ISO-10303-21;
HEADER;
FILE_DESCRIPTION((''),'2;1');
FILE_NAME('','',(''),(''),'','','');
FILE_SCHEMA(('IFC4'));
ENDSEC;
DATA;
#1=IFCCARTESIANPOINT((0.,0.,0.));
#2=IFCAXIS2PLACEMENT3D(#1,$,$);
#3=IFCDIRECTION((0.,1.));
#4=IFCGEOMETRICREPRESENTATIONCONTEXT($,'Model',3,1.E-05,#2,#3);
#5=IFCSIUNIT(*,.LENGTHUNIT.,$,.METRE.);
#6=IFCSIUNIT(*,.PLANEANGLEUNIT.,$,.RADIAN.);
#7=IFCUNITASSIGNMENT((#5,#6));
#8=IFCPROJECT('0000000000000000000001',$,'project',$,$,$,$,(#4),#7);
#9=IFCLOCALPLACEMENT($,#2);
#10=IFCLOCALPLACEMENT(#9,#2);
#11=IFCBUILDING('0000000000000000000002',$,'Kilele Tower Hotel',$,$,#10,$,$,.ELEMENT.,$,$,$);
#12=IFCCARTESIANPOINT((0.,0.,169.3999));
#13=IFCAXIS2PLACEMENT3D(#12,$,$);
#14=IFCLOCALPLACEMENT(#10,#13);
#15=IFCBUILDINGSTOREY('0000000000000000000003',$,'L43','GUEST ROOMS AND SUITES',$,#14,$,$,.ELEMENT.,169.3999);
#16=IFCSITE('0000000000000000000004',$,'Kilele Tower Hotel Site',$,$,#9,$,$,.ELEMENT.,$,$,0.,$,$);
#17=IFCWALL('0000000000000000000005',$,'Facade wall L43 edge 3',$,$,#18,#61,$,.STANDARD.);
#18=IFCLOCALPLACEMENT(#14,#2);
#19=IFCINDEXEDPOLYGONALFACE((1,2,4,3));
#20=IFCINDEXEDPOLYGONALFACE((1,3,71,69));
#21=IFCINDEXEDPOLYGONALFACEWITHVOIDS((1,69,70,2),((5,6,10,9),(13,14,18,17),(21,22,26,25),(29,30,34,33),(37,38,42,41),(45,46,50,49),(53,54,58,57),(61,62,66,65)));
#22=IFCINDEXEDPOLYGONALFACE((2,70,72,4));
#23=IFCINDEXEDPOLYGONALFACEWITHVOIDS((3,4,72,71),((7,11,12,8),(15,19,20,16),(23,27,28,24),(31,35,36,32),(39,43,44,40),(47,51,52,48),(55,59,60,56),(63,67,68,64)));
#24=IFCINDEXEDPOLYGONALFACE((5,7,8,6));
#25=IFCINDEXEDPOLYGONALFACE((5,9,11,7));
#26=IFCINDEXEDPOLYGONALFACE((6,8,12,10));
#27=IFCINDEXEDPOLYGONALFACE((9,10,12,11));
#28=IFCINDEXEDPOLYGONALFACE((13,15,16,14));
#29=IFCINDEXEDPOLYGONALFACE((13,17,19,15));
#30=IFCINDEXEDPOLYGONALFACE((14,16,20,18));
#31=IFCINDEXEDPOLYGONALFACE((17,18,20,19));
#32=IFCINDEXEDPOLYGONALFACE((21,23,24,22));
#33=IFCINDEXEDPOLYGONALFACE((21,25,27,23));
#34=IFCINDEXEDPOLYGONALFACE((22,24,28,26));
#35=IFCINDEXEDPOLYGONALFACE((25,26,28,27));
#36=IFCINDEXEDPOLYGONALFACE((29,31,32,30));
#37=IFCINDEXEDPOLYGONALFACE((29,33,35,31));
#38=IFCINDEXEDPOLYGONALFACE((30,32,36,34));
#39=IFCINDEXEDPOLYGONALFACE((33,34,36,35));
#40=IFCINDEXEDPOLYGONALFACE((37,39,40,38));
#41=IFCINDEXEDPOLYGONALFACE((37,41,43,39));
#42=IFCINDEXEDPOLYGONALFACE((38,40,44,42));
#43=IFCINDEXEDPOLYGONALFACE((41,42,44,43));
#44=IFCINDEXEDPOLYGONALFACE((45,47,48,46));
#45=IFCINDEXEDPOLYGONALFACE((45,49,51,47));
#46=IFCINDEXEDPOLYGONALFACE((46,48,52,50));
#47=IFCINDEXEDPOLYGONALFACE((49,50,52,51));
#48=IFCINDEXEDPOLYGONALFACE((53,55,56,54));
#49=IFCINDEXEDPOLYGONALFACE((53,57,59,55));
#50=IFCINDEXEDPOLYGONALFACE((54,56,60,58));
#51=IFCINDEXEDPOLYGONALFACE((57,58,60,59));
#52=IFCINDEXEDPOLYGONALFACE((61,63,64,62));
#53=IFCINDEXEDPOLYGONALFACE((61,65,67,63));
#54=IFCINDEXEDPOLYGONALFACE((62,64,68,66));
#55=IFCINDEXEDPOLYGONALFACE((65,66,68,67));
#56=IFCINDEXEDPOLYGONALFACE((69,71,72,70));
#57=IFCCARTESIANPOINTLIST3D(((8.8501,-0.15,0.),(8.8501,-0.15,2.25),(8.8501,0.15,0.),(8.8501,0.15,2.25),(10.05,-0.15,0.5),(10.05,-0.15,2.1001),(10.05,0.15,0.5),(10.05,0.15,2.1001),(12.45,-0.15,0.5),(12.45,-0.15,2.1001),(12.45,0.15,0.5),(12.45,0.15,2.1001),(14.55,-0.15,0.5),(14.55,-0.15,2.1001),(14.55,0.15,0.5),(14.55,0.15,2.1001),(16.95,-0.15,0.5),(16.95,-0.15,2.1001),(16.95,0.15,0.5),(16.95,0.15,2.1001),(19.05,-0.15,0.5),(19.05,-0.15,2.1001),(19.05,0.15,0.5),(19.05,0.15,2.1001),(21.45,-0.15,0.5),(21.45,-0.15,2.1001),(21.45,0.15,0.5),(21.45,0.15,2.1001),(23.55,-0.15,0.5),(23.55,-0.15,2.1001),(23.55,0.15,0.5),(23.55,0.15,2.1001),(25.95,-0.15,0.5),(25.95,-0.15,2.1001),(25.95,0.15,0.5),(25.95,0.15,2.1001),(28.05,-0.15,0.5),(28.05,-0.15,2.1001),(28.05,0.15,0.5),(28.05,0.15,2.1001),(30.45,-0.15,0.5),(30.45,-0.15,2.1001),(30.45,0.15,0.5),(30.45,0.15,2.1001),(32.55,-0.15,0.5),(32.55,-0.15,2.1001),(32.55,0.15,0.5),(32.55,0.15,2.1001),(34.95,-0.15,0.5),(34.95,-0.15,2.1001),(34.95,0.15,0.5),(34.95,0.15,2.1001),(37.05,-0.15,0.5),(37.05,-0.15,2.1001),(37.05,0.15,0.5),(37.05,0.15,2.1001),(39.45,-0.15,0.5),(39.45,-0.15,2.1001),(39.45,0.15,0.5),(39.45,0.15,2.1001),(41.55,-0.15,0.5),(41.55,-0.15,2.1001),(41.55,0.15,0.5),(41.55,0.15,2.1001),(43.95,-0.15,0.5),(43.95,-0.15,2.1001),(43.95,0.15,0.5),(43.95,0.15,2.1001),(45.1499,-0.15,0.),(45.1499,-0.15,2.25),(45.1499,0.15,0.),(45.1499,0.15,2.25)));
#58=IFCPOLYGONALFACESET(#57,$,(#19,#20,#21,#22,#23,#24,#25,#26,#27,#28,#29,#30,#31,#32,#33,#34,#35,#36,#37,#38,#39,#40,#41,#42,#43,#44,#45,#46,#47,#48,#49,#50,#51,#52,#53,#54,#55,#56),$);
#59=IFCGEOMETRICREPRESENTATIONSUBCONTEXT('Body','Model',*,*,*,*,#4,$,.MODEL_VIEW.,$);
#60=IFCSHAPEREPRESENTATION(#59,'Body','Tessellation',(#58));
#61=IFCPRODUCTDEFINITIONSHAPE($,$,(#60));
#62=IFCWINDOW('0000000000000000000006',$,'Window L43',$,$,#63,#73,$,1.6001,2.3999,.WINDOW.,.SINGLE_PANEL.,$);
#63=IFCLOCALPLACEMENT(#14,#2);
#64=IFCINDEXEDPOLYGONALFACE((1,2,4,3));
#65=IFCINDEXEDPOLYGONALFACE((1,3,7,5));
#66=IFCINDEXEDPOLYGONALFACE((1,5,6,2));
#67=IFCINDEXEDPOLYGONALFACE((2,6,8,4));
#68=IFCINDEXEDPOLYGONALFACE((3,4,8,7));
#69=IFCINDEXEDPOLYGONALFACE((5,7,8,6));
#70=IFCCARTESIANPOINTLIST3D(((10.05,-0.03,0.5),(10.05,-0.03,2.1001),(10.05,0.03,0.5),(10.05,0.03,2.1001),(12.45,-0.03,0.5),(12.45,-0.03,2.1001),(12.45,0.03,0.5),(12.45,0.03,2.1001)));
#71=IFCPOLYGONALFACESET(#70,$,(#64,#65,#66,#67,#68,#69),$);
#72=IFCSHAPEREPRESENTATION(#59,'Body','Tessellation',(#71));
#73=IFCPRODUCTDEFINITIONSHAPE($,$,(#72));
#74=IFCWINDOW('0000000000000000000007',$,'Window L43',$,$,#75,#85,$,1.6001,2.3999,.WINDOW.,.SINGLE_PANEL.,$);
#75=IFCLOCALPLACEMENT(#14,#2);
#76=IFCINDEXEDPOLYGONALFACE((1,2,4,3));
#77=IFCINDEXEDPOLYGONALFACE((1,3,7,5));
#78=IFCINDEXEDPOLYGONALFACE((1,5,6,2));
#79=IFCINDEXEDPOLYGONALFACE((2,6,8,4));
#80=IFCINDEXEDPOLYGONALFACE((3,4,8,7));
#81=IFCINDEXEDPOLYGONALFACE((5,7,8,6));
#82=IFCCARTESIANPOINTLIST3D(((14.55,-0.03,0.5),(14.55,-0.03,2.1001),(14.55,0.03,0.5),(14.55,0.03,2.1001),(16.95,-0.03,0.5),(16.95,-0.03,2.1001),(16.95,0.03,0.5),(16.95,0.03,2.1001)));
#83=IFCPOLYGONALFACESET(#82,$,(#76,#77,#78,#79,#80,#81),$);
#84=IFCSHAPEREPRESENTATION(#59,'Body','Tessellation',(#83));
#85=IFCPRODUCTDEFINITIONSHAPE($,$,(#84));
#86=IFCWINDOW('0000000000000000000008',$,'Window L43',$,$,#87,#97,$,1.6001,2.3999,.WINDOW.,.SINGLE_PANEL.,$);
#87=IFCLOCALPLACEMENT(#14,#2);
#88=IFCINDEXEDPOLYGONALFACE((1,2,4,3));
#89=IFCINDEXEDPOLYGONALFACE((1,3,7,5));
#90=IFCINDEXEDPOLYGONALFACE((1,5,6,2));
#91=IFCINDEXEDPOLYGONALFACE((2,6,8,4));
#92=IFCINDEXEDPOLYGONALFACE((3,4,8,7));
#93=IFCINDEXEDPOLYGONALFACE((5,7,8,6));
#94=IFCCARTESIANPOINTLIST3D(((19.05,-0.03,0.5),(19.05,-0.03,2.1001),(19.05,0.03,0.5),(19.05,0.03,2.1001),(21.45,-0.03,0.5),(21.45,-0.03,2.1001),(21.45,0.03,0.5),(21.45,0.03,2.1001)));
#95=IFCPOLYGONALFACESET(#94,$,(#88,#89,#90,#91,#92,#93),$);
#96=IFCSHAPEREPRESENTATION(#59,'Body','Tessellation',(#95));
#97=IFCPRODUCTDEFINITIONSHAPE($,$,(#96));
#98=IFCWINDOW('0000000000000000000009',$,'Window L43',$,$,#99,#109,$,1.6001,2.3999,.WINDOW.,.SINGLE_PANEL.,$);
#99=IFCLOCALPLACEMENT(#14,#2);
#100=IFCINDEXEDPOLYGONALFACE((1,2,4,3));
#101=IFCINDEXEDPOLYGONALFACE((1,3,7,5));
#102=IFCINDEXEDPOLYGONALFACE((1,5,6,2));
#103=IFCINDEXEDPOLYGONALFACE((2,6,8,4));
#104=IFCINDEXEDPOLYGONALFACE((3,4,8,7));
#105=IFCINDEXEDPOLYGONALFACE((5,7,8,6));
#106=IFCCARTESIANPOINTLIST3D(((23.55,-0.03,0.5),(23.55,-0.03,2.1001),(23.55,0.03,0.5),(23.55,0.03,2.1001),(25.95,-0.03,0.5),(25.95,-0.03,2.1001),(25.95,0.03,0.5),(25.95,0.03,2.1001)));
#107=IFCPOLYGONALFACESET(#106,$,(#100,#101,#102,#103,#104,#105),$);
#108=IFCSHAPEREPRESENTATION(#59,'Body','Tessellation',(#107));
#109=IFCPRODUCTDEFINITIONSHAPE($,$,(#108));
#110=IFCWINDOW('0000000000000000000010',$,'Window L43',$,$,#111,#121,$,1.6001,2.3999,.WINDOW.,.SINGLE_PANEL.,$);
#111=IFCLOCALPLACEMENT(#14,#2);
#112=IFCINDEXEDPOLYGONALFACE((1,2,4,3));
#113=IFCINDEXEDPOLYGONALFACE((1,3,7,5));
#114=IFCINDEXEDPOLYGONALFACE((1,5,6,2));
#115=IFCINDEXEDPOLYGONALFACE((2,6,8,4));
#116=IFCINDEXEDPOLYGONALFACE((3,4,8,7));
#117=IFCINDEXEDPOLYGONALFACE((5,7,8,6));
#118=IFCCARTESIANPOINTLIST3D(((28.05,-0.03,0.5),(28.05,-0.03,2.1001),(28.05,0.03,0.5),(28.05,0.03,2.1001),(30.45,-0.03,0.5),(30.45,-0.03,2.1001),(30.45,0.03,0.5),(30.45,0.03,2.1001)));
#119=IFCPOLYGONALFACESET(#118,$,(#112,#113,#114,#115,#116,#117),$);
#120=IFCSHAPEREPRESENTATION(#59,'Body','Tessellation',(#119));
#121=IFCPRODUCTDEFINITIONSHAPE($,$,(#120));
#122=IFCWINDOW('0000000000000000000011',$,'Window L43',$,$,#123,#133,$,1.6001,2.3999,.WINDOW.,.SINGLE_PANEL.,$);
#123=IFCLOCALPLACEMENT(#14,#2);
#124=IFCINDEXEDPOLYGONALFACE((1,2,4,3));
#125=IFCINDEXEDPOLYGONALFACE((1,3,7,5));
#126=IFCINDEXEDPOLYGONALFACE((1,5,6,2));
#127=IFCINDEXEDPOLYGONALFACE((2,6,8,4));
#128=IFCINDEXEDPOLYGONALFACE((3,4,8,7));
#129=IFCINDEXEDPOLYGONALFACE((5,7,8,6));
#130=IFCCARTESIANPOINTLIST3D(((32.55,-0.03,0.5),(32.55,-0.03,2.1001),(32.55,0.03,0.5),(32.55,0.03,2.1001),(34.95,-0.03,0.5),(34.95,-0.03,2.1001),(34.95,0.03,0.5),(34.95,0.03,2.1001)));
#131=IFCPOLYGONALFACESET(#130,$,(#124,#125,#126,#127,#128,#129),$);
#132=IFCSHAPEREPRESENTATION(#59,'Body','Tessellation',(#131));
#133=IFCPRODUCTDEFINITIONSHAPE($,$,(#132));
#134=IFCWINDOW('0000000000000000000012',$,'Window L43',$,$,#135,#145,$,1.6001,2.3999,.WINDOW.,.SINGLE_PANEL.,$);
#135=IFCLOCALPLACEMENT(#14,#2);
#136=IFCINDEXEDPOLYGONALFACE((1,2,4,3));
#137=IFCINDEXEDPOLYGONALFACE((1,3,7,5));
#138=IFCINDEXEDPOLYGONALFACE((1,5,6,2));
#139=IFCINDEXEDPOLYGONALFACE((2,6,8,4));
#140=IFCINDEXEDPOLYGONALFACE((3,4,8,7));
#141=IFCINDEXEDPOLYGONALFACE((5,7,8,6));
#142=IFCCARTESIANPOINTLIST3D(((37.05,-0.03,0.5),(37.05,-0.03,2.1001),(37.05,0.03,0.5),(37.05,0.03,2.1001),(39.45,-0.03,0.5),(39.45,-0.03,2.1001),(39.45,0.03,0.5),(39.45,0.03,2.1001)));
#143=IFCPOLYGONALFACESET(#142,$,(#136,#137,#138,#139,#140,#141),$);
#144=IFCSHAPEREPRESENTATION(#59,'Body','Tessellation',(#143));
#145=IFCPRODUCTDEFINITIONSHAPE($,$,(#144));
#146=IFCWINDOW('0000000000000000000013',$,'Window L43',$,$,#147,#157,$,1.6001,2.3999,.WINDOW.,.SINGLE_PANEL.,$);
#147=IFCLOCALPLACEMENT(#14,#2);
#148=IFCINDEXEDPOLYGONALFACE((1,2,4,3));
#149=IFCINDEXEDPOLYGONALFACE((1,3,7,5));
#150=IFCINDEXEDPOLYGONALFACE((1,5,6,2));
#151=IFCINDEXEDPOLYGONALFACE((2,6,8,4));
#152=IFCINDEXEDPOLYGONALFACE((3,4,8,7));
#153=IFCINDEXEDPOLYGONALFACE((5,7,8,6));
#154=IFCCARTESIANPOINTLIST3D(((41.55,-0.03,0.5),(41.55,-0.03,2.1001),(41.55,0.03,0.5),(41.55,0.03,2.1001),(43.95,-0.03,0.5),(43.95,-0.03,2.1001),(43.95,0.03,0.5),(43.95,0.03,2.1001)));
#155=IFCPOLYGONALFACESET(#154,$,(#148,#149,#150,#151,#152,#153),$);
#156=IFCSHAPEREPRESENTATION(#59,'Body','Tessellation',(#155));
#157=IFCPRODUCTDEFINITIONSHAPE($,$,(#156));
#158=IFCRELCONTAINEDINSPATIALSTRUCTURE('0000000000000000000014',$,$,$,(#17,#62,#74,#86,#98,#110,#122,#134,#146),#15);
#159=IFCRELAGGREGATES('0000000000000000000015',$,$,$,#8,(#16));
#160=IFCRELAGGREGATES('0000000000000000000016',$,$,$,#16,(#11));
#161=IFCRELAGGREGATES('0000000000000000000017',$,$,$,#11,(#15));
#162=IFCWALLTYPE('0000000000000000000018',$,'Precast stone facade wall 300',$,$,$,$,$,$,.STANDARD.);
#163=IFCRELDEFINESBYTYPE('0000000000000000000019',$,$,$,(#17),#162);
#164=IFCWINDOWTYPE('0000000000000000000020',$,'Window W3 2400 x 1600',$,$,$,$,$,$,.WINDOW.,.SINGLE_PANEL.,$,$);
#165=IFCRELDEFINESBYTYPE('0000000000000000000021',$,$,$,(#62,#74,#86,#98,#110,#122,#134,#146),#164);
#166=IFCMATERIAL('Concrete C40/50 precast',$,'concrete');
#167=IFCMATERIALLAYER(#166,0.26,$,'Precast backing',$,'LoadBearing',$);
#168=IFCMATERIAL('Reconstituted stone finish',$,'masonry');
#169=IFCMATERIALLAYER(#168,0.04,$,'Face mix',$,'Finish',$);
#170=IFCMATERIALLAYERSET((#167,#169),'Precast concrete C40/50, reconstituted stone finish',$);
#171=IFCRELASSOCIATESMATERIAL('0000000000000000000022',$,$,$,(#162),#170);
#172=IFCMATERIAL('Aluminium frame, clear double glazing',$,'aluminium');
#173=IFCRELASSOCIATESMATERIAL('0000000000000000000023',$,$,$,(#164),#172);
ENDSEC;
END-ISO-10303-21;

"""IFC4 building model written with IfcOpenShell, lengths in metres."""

from ifc_helpers import new_model, si_unit, direction, frame, frame_2d, origin, place, context, subcontext, project, spatial, rectangle, extrude, material, layer, layer_set, type_object, element, fill, save


model = new_model("IFC4")

# Units and contexts
model_context = context("Model", 3, precision=1e-05, world=origin(), true_north=direction((0.0, 1.0)))
body_context = subcontext(model_context, "Body", "Model", "MODEL_VIEW")
ifc_project = project(units=[si_unit("LENGTHUNIT", "METRE"), si_unit("PLANEANGLEUNIT", "RADIAN")], contexts=[model_context])

# Site, building, storey
site_placement = place(None, origin())
site = spatial("IfcSite", under=ifc_project, at=site_placement, Name="Kilele Tower Hotel Site", CompositionType="ELEMENT", RefElevation=0.0)
building_placement = place(site_placement, origin())
building = spatial("IfcBuilding", under=site, at=building_placement, Name="Kilele Tower Hotel", CompositionType="ELEMENT")
storey_placement = place(building_placement, frame((0.0, 0.0, 169.3999)))
storey = spatial("IfcBuildingStorey", under=building, at=storey_placement, Name="L43", Description="GUEST ROOMS AND SUITES", CompositionType="ELEMENT", Elevation=169.3999)

# Shared definitions
ifc_material_1 = material(Name="Concrete C40/50 precast", Category="concrete")
ifc_layer_1 = layer(ifc_material_1, 0.26, Name="Precast backing", Category="LoadBearing")
ifc_material_2 = material(Name="Reconstituted stone finish", Category="masonry")
ifc_layer_2 = layer(ifc_material_2, 0.04, Name="Face mix", Category="Finish")
ifc_layer_set_1 = layer_set([ifc_layer_1, ifc_layer_2], Name="Precast concrete C40/50, reconstituted stone finish")
wall_type = type_object("IfcWallType", Name="Precast stone facade wall 300", PredefinedType="STANDARD", material=ifc_layer_set_1)

# Wall, openings, windows
wall_1_placement = place(storey_placement, frame((8.8501, 0.0, 0.0), z_axis=(0.0, 0.0, 1.0), x_axis=(1.0, 0.0, 0.0)))
wall_1 = element("IfcWall", 1, at=wall_1_placement, inside=storey, type_object=wall_type, Name="Facade wall L43 edge 3", PredefinedType="STANDARD", context=body_context, shape_type="SweptSolid", body=[
    extrude(rectangle(XDim=36.2998, YDim=0.3, at=frame_2d((18.1499, 0.0))), origin(), (0.0, 0.0, 1.0), 2.25),
])
opening_1_placement = place(wall_1_placement, frame((1.2, 0.0, 0.5)))
opening_1 = element("IfcOpeningElement", 2, at=opening_1_placement, cuts=wall_1, PredefinedType="OPENING", context=body_context, shape_type="SweptSolid", body=[
    extrude(rectangle(XDim=2.3999, YDim=1.6001, at=frame_2d((1.2, 0.8))), frame((0.0, 0.1599, 0.0), z_axis=(0.0, -1.0, 0.0), x_axis=(1.0, 0.0, 0.0)), (0.0, 0.0, 1.0), 0.3201),
])
opening_2_placement = place(wall_1_placement, frame((5.7, 0.0, 0.5)))
opening_2 = element("IfcOpeningElement", 3, at=opening_2_placement, cuts=wall_1, PredefinedType="OPENING", context=body_context, shape_type="SweptSolid", body=[
    extrude(rectangle(XDim=2.3999, YDim=1.6001, at=frame_2d((1.2, 0.8))), frame((0.0, 0.1599, 0.0), z_axis=(0.0, -1.0, 0.0), x_axis=(1.0, 0.0, 0.0)), (0.0, 0.0, 1.0), 0.3201),
])
opening_3_placement = place(wall_1_placement, frame((10.2, 0.0, 0.5)))
opening_3 = element("IfcOpeningElement", 4, at=opening_3_placement, cuts=wall_1, PredefinedType="OPENING", context=body_context, shape_type="SweptSolid", body=[
    extrude(rectangle(XDim=2.3999, YDim=1.6001, at=frame_2d((1.2, 0.8))), frame((0.0, 0.1599, 0.0), z_axis=(0.0, -1.0, 0.0), x_axis=(1.0, 0.0, 0.0)), (0.0, 0.0, 1.0), 0.3201),
])
opening_4_placement = place(wall_1_placement, frame((14.7, 0.0, 0.5)))
opening_4 = element("IfcOpeningElement", 5, at=opening_4_placement, cuts=wall_1, PredefinedType="OPENING", context=body_context, shape_type="SweptSolid", body=[
    extrude(rectangle(XDim=2.3999, YDim=1.6001, at=frame_2d((1.2, 0.8))), frame((0.0, 0.1599, 0.0), z_axis=(0.0, -1.0, 0.0), x_axis=(1.0, 0.0, 0.0)), (0.0, 0.0, 1.0), 0.3201),
])
opening_5_placement = place(wall_1_placement, frame((19.2, 0.0, 0.5)))
opening_5 = element("IfcOpeningElement", 6, at=opening_5_placement, cuts=wall_1, PredefinedType="OPENING", context=body_context, shape_type="SweptSolid", body=[
    extrude(rectangle(XDim=2.3999, YDim=1.6001, at=frame_2d((1.2, 0.8))), frame((0.0, 0.1599, 0.0), z_axis=(0.0, -1.0, 0.0), x_axis=(1.0, 0.0, 0.0)), (0.0, 0.0, 1.0), 0.3201),
])
opening_6_placement = place(wall_1_placement, frame((23.7, 0.0, 0.5)))
opening_6 = element("IfcOpeningElement", 7, at=opening_6_placement, cuts=wall_1, PredefinedType="OPENING", context=body_context, shape_type="SweptSolid", body=[
    extrude(rectangle(XDim=2.3999, YDim=1.6001, at=frame_2d((1.2, 0.8))), frame((0.0, 0.1599, 0.0), z_axis=(0.0, -1.0, 0.0), x_axis=(1.0, 0.0, 0.0)), (0.0, 0.0, 1.0), 0.3201),
])
opening_7_placement = place(wall_1_placement, frame((28.2, 0.0, 0.5)))
opening_7 = element("IfcOpeningElement", 8, at=opening_7_placement, cuts=wall_1, PredefinedType="OPENING", context=body_context, shape_type="SweptSolid", body=[
    extrude(rectangle(XDim=2.3999, YDim=1.6001, at=frame_2d((1.2, 0.8))), frame((0.0, 0.1599, 0.0), z_axis=(0.0, -1.0, 0.0), x_axis=(1.0, 0.0, 0.0)), (0.0, 0.0, 1.0), 0.3201),
])
opening_8_placement = place(wall_1_placement, frame((32.7, 0.0, 0.5)))
opening_8 = element("IfcOpeningElement", 9, at=opening_8_placement, cuts=wall_1, PredefinedType="OPENING", context=body_context, shape_type="SweptSolid", body=[
    extrude(rectangle(XDim=2.3999, YDim=1.6001, at=frame_2d((1.2, 0.8))), frame((0.0, 0.1599, 0.0), z_axis=(0.0, -1.0, 0.0), x_axis=(1.0, 0.0, 0.0)), (0.0, 0.0, 1.0), 0.3201),
])
ifc_material_3 = material(Name="Aluminium frame, clear double glazing", Category="aluminium")
window_type_1 = type_object("IfcWindowType", Name="Window W3 2400 x 1600", PartitioningType="SINGLE_PANEL", PredefinedType="WINDOW", material=ifc_material_3)
window_1_placement = place(opening_1_placement, origin())
window_1 = element("IfcWindow", 10, at=window_1_placement, inside=storey, type_object=window_type_1, Name="Window L43", OverallHeight=1.6001, OverallWidth=2.3999, PartitioningType="SINGLE_PANEL", PredefinedType="WINDOW", context=body_context, shape_type="SweptSolid", body=[
    extrude(rectangle(XDim=2.3999, YDim=1.6001, at=frame_2d((1.2, 0.8))), frame((0.0, 0.03, 0.0), z_axis=(0.0, -1.0, 0.0), x_axis=(1.0, 0.0, 0.0)), (0.0, 0.0, 1.0), 0.0601),
])
fill(opening_1, window_1)
window_2_placement = place(opening_2_placement, origin())
window_2 = element("IfcWindow", 11, at=window_2_placement, inside=storey, type_object=window_type_1, Name="Window L43", OverallHeight=1.6001, OverallWidth=2.3999, PartitioningType="SINGLE_PANEL", PredefinedType="WINDOW", context=body_context, shape_type="SweptSolid", body=[
    extrude(rectangle(XDim=2.3999, YDim=1.6001, at=frame_2d((1.2, 0.8))), frame((0.0, 0.03, 0.0), z_axis=(0.0, -1.0, 0.0), x_axis=(1.0, 0.0, 0.0)), (0.0, 0.0, 1.0), 0.0601),
])
fill(opening_2, window_2)
window_3_placement = place(opening_3_placement, origin())
window_3 = element("IfcWindow", 12, at=window_3_placement, inside=storey, type_object=window_type_1, Name="Window L43", OverallHeight=1.6001, OverallWidth=2.3999, PartitioningType="SINGLE_PANEL", PredefinedType="WINDOW", context=body_context, shape_type="SweptSolid", body=[
    extrude(rectangle(XDim=2.3999, YDim=1.6001, at=frame_2d((1.2, 0.8))), frame((0.0, 0.03, 0.0), z_axis=(0.0, -1.0, 0.0), x_axis=(1.0, 0.0, 0.0)), (0.0, 0.0, 1.0), 0.0601),
])
fill(opening_3, window_3)
window_4_placement = place(opening_4_placement, origin())
window_4 = element("IfcWindow", 13, at=window_4_placement, inside=storey, type_object=window_type_1, Name="Window L43", OverallHeight=1.6001, OverallWidth=2.3999, PartitioningType="SINGLE_PANEL", PredefinedType="WINDOW", context=body_context, shape_type="SweptSolid", body=[
    extrude(rectangle(XDim=2.3999, YDim=1.6001, at=frame_2d((1.2, 0.8))), frame((0.0, 0.03, 0.0), z_axis=(0.0, -1.0, 0.0), x_axis=(1.0, 0.0, 0.0)), (0.0, 0.0, 1.0), 0.0601),
])
fill(opening_4, window_4)
window_5_placement = place(opening_5_placement, origin())
window_5 = element("IfcWindow", 14, at=window_5_placement, inside=storey, type_object=window_type_1, Name="Window L43", OverallHeight=1.6001, OverallWidth=2.3999, PartitioningType="SINGLE_PANEL", PredefinedType="WINDOW", context=body_context, shape_type="SweptSolid", body=[
    extrude(rectangle(XDim=2.3999, YDim=1.6001, at=frame_2d((1.2, 0.8))), frame((0.0, 0.03, 0.0), z_axis=(0.0, -1.0, 0.0), x_axis=(1.0, 0.0, 0.0)), (0.0, 0.0, 1.0), 0.0601),
])
fill(opening_5, window_5)
window_6_placement = place(opening_6_placement, origin())
window_6 = element("IfcWindow", 15, at=window_6_placement, inside=storey, type_object=window_type_1, Name="Window L43", OverallHeight=1.6001, OverallWidth=2.3999, PartitioningType="SINGLE_PANEL", PredefinedType="WINDOW", context=body_context, shape_type="SweptSolid", body=[
    extrude(rectangle(XDim=2.3999, YDim=1.6001, at=frame_2d((1.2, 0.8))), frame((0.0, 0.03, 0.0), z_axis=(0.0, -1.0, 0.0), x_axis=(1.0, 0.0, 0.0)), (0.0, 0.0, 1.0), 0.0601),
])
fill(opening_6, window_6)
window_7_placement = place(opening_7_placement, origin())
window_7 = element("IfcWindow", 16, at=window_7_placement, inside=storey, type_object=window_type_1, Name="Window L43", OverallHeight=1.6001, OverallWidth=2.3999, PartitioningType="SINGLE_PANEL", PredefinedType="WINDOW", context=body_context, shape_type="SweptSolid", body=[
    extrude(rectangle(XDim=2.3999, YDim=1.6001, at=frame_2d((1.2, 0.8))), frame((0.0, 0.03, 0.0), z_axis=(0.0, -1.0, 0.0), x_axis=(1.0, 0.0, 0.0)), (0.0, 0.0, 1.0), 0.0601),
])
fill(opening_7, window_7)
window_8_placement = place(opening_8_placement, origin())
window_8 = element("IfcWindow", 17, at=window_8_placement, inside=storey, type_object=window_type_1, Name="Window L43", OverallHeight=1.6001, OverallWidth=2.3999, PartitioningType="SINGLE_PANEL", PredefinedType="WINDOW", context=body_context, shape_type="SweptSolid", body=[
    extrude(rectangle(XDim=2.3999, YDim=1.6001, at=frame_2d((1.2, 0.8))), frame((0.0, 0.03, 0.0), z_axis=(0.0, -1.0, 0.0), x_axis=(1.0, 0.0, 0.0)), (0.0, 0.0, 1.0), 0.0601),
])
fill(opening_8, window_8)

save(model, "model.ifc")
